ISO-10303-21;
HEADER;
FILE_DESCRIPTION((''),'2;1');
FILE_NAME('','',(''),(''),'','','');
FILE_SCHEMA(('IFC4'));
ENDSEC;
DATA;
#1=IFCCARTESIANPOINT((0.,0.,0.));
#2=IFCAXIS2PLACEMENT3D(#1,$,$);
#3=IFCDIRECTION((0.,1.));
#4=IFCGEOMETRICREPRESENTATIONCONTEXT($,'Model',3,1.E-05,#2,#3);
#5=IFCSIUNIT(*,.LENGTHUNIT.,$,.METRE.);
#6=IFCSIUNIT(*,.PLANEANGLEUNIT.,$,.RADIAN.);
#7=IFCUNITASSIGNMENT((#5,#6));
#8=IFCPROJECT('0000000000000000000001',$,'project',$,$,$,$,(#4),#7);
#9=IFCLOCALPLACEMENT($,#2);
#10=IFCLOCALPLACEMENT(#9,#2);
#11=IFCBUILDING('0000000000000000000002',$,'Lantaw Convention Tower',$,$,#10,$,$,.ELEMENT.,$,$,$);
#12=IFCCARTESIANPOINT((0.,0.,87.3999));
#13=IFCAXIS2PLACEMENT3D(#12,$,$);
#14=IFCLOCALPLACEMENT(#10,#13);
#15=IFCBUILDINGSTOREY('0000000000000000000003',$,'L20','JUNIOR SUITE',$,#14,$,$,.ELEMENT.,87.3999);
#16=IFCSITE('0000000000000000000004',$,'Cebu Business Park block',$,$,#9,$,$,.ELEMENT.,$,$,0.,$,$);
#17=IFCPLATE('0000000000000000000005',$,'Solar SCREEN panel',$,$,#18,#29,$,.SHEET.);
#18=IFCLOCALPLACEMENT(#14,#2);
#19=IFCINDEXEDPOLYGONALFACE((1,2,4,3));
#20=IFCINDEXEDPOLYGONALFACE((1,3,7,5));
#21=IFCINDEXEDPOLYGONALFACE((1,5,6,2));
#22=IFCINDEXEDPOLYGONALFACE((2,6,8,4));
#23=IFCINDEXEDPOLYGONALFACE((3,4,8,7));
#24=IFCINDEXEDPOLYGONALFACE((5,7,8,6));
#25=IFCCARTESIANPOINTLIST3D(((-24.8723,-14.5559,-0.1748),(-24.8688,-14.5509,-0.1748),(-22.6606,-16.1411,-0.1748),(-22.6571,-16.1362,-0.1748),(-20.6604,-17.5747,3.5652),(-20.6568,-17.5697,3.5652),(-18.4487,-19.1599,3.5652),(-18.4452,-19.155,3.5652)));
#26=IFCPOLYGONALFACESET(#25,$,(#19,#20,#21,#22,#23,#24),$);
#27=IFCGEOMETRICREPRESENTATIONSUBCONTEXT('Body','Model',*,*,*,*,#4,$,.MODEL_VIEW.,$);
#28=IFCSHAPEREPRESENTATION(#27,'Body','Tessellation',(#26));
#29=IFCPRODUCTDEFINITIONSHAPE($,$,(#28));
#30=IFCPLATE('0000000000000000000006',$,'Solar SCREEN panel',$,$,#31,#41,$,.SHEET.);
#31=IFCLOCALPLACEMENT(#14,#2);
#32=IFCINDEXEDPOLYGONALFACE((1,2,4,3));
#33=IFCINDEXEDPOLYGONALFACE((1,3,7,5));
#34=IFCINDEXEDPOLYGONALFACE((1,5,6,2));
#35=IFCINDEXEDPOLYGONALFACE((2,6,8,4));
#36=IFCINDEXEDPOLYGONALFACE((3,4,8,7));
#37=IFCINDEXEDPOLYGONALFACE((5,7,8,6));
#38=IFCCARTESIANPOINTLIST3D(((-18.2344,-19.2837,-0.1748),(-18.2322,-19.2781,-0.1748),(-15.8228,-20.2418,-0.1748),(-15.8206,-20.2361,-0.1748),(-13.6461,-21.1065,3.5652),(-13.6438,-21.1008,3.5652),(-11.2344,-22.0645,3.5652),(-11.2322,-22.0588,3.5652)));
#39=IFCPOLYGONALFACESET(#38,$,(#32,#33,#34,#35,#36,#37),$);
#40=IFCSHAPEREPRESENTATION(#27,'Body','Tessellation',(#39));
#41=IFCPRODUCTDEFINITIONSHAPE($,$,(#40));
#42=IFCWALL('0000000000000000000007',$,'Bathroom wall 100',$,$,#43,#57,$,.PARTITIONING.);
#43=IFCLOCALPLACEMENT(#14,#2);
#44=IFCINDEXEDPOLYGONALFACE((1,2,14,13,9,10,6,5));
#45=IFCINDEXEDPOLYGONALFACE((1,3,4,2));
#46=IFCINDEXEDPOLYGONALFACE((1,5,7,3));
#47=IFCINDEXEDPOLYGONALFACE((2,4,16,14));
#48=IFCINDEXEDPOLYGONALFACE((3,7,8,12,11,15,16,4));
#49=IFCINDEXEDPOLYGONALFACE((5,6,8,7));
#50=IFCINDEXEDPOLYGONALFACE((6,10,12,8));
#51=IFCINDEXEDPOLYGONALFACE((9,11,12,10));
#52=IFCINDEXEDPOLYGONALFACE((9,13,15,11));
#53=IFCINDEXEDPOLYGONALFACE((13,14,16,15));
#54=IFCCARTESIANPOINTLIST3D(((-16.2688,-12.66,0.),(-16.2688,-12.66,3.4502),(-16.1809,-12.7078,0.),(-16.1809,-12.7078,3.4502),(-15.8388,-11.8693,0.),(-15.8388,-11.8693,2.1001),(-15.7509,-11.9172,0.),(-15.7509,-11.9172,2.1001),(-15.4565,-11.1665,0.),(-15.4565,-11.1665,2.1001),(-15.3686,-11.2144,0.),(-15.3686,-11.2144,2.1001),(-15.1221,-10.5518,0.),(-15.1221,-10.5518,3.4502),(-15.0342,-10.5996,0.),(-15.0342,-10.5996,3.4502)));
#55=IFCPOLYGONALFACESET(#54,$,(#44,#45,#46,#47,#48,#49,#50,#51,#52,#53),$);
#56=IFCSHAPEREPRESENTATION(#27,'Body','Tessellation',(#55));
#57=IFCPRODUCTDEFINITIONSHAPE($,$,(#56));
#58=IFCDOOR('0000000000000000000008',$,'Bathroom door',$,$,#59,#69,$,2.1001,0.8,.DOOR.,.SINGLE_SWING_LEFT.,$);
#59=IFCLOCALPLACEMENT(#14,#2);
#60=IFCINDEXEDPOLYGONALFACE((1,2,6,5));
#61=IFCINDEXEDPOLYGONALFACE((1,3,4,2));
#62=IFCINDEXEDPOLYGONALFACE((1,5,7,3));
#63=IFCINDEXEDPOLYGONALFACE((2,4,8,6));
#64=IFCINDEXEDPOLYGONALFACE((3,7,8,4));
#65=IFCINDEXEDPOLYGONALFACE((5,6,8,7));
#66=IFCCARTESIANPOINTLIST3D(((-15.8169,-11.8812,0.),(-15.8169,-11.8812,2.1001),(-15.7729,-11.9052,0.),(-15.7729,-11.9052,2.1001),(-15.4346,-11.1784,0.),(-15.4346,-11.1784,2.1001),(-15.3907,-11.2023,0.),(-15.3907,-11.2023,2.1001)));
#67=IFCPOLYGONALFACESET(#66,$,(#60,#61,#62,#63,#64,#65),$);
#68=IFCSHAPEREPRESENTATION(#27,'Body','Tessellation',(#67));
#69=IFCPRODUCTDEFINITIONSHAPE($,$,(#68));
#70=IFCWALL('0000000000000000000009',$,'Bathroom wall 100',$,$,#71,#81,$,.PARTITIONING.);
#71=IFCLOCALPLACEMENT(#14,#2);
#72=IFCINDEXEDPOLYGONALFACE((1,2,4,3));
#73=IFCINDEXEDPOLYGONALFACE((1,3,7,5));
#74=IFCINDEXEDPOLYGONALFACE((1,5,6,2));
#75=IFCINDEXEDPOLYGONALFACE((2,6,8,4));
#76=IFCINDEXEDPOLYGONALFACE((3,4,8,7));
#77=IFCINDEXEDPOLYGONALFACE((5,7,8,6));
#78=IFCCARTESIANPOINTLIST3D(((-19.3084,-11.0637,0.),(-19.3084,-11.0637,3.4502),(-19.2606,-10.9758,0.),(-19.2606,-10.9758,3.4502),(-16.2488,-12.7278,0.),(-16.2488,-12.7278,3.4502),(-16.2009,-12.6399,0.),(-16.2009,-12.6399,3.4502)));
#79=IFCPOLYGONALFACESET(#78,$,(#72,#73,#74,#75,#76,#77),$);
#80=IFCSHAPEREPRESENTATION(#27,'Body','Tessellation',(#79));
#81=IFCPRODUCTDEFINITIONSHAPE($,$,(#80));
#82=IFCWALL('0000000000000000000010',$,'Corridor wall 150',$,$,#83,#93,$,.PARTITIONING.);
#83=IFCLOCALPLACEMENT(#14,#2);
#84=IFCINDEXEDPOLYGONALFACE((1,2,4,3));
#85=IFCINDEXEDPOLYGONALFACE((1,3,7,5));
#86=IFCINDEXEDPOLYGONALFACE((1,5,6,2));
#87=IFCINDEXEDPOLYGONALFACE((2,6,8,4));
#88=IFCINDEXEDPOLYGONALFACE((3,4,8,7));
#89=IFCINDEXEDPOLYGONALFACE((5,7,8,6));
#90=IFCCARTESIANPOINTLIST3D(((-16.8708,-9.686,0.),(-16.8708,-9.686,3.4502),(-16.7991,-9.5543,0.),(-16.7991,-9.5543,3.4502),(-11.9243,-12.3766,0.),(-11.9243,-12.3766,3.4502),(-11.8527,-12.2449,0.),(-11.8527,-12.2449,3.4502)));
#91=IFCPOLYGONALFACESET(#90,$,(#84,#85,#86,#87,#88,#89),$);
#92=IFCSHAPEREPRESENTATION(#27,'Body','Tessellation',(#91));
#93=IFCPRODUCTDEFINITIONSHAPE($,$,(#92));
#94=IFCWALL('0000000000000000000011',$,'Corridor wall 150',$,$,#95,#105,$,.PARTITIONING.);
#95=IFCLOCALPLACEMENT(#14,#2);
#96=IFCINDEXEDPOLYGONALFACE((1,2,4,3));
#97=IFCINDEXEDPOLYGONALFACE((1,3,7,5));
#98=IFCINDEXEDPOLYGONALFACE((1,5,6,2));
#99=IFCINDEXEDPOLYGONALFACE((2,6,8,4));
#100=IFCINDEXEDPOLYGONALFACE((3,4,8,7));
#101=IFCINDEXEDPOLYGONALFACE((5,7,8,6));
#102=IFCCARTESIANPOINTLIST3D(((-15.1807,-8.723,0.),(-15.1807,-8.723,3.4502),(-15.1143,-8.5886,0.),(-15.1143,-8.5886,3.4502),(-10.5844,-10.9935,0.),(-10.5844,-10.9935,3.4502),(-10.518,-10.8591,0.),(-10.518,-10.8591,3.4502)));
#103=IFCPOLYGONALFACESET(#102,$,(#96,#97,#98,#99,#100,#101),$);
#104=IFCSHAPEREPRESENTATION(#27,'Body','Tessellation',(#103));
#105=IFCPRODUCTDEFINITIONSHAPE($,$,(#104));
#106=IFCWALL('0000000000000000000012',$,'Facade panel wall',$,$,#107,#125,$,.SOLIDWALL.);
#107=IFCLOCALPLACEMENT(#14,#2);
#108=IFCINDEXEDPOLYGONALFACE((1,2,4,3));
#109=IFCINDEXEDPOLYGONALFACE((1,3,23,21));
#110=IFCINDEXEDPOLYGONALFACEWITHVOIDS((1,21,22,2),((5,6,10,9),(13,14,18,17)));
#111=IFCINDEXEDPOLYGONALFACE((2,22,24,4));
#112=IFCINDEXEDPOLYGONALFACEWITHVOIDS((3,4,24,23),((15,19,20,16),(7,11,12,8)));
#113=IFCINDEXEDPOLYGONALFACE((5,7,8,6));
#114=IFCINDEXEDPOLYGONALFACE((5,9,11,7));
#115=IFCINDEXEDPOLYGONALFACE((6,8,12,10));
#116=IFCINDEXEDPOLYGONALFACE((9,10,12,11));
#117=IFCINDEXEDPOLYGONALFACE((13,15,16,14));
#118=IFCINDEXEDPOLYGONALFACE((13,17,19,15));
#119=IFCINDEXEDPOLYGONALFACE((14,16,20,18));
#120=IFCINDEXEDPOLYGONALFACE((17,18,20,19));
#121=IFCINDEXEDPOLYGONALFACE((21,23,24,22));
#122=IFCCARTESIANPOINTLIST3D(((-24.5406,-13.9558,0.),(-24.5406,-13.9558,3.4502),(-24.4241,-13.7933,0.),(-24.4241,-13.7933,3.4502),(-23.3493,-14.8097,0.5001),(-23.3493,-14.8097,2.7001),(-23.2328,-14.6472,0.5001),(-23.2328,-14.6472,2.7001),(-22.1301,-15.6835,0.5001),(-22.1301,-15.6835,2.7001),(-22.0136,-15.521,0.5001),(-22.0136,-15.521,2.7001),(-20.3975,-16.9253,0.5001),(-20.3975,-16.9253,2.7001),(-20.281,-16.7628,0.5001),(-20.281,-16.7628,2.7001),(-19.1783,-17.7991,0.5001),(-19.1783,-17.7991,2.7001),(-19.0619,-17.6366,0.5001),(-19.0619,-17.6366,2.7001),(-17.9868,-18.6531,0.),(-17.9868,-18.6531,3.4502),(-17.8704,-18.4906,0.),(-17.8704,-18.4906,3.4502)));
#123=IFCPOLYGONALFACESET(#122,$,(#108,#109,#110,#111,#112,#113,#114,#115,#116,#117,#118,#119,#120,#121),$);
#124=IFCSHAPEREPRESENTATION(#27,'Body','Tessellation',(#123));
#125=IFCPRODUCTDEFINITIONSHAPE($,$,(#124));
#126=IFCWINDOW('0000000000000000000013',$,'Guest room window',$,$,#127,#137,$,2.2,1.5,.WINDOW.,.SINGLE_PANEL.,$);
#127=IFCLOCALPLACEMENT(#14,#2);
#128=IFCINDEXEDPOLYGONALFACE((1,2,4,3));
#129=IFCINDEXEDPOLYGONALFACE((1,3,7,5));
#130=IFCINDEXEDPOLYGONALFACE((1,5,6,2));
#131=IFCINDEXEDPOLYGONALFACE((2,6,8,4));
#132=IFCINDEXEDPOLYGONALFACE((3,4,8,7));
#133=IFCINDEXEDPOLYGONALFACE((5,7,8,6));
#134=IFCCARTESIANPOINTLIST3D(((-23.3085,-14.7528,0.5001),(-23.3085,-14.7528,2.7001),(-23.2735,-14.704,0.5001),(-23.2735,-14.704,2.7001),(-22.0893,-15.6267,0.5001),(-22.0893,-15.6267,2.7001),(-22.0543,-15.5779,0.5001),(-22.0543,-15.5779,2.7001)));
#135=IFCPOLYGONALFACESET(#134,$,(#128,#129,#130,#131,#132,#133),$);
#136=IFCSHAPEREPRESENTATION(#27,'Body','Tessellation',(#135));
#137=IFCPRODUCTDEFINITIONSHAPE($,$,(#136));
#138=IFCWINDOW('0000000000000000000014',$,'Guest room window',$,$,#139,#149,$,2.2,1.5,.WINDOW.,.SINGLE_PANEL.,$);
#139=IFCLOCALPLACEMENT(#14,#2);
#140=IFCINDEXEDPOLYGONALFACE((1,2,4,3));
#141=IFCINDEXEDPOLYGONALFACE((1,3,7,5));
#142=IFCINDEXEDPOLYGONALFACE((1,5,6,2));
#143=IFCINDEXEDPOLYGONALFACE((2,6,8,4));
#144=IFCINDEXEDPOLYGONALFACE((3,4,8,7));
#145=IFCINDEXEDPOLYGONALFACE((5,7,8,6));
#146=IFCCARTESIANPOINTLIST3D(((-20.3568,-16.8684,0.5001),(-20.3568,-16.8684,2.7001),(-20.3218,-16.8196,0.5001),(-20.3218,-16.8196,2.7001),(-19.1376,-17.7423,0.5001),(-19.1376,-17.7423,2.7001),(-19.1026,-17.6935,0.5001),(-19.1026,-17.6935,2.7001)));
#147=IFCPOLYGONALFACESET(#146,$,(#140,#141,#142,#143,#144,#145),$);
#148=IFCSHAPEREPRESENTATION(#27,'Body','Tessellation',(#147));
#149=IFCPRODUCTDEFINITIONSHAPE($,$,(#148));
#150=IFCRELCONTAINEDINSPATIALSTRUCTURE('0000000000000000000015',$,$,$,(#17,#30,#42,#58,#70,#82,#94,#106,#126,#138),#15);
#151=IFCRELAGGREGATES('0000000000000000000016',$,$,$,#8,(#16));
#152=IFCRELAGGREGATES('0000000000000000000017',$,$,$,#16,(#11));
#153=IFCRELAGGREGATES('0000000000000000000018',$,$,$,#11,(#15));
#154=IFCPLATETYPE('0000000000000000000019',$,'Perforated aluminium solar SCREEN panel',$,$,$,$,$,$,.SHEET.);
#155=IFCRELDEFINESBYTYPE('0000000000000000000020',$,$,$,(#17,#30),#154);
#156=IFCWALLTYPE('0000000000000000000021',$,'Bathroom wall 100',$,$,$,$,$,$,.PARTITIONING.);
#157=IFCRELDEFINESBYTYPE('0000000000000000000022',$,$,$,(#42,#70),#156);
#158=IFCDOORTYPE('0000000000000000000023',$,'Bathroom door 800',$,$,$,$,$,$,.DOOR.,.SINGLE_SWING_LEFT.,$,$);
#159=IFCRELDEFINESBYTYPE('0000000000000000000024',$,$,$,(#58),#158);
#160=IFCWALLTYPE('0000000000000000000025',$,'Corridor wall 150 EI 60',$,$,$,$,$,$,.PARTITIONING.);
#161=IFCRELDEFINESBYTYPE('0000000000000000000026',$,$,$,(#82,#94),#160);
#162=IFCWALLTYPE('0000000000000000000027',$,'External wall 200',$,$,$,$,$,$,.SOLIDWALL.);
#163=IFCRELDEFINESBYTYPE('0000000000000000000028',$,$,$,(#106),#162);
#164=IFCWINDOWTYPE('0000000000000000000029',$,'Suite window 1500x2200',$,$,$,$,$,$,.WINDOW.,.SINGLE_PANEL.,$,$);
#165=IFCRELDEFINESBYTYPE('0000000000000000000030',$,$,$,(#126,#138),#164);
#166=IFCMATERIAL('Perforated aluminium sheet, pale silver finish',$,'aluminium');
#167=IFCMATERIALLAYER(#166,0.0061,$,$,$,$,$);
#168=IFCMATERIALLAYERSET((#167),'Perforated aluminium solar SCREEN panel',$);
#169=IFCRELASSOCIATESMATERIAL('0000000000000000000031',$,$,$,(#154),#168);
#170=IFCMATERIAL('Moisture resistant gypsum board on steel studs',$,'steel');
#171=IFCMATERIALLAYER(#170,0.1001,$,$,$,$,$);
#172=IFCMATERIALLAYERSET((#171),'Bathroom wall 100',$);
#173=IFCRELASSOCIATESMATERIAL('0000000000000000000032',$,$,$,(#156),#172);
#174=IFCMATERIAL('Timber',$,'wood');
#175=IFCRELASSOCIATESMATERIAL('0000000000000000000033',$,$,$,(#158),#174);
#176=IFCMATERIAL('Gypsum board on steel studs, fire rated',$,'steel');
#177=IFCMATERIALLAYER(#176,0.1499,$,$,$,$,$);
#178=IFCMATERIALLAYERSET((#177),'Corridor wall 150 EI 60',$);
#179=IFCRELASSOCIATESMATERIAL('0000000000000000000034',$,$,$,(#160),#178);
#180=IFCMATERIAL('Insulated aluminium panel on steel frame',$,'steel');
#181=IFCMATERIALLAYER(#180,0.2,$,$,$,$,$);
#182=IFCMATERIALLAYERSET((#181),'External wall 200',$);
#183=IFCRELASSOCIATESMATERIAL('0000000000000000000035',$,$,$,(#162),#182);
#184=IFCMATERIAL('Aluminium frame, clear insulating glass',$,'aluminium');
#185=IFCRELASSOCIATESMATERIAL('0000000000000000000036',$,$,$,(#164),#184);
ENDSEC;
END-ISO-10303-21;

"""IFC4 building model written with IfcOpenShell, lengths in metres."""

from ifc_helpers import new_model, si_unit, direction, frame, frame_2d, origin, place, context, subcontext, project, spatial, polyline, rectangle, outline, extrude, material, layer, layer_set, type_object, element, fill, save


model = new_model("IFC4")

# Units and contexts
model_context = context("Model", 3, precision=1e-05, world=origin(), true_north=direction((0.0, 1.0)))
body_context = subcontext(model_context, "Body", "Model", "MODEL_VIEW")
ifc_project = project(units=[si_unit("LENGTHUNIT", "METRE"), si_unit("PLANEANGLEUNIT", "RADIAN")], contexts=[model_context])

# Site, building, storey
site_placement = place(None, origin())
site = spatial("IfcSite", under=ifc_project, at=site_placement, Name="Cebu Business Park block", CompositionType="ELEMENT", RefElevation=0.0)
building_placement = place(site_placement, origin())
building = spatial("IfcBuilding", under=site, at=building_placement, Name="Lantaw Convention Tower", CompositionType="ELEMENT")
storey_placement = place(building_placement, frame((0.0, 0.0, 87.3999)))
storey = spatial("IfcBuildingStorey", under=building, at=storey_placement, Name="L20", Description="JUNIOR SUITE", CompositionType="ELEMENT", Elevation=87.3999)

# Plates
ifc_material_1 = material(Name="Perforated aluminium sheet, pale silver finish", Category="aluminium")
ifc_layer_1 = layer(ifc_material_1, 0.0061)
ifc_layer_set_1 = layer_set([ifc_layer_1], Name="Perforated aluminium solar SCREEN panel")
plate_type = type_object("IfcPlateType", Name="Perforated aluminium solar SCREEN panel", PredefinedType="SHEET", material=ifc_layer_set_1)
plate_1_placement = place(storey_placement, frame((-24.8723, -14.5559, -0.1748), z_axis=(-0.582561, -0.812787, 0.000016), x_axis=(0.812787, -0.582561, 0.0)))
element("IfcPlate", 1, at=plate_1_placement, inside=storey, type_object=plate_type, Name="Solar SCREEN panel", PredefinedType="SHEET", context=body_context, shape_type="SweptSolid", body=[
    extrude(outline(polyline([(0.0, 0.0), (2.7211, 0.0), (7.9031, 3.74), (5.182, 3.74), (0.0, 0.0)])), origin(), (0.0, 0.0, -1.0), 0.0061),
])
plate_2_placement = place(storey_placement, frame((-18.2322, -19.2781, -0.1748), z_axis=(0.369184, 0.929357, 0.000009), x_axis=(0.929357, -0.369184, 0.0)))
element("IfcPlate", 2, at=plate_2_placement, inside=storey, type_object=plate_type, Name="Solar SCREEN panel", PredefinedType="SHEET", context=body_context, shape_type="SweptSolid", body=[
    extrude(outline(polyline([(0.0, 0.0), (2.5949, 0.0), (7.5321, -3.74), (4.9372, -3.74), (0.0, 0.0)])), origin(), (0.0, 0.0, -1.0), 0.0061),
])

# Wall, opening, door
ifc_material_2 = material(Name="Moisture resistant gypsum board on steel studs", Category="steel")
ifc_layer_2 = layer(ifc_material_2, 0.1001)
ifc_layer_set_2 = layer_set([ifc_layer_2], Name="Bathroom wall 100")
wall_type_1 = type_object("IfcWallType", Name="Bathroom wall 100", PredefinedType="PARTITIONING", material=ifc_layer_set_2)
wall_1_placement = place(storey_placement, frame((-15.0781, -10.5757, 0.0), z_axis=(0.0, 0.0, 1.0), x_axis=(-0.477833, -0.878451, 0.0)))
wall_1 = element("IfcWall", 3, at=wall_1_placement, inside=storey, type_object=wall_type_1, Name="Bathroom wall 100", PredefinedType="PARTITIONING", context=body_context, shape_type="SweptSolid", body=[
    extrude(rectangle(XDim=2.3999, YDim=0.1001, at=frame_2d((1.2, 0.0))), origin(), (0.0, 0.0, 1.0), 3.4502),
])
opening_1_placement = place(wall_1_placement, frame((0.7, 0.0, 0.0)))
opening_1 = element("IfcOpeningElement", 4, at=opening_1_placement, cuts=wall_1, PredefinedType="OPENING", context=body_context, shape_type="SweptSolid", body=[
    extrude(rectangle(XDim=0.8, YDim=2.1001, at=frame_2d((0.3999, 1.05))), frame((0.0, 0.0601, 0.0), z_axis=(0.0, -1.0, 0.0), x_axis=(1.0, 0.0, 0.0)), (0.0, 0.0, 1.0), 0.1201),
])
ifc_material_3 = material(Name="Timber", Category="wood")
door_type = type_object("IfcDoorType", Name="Bathroom door 800", OperationType="SINGLE_SWING_LEFT", PredefinedType="DOOR", material=ifc_material_3)
door_placement = place(opening_1_placement, origin())
door = element("IfcDoor", 5, at=door_placement, inside=storey, type_object=door_type, Name="Bathroom door", OperationType="SINGLE_SWING_LEFT", OverallHeight=2.1001, OverallWidth=0.8, PredefinedType="DOOR", context=body_context, shape_type="SweptSolid", body=[
    extrude(rectangle(XDim=0.8, YDim=2.1001, at=frame_2d((0.3999, 1.05))), frame((0.0, 0.0249, 0.0), z_axis=(0.0, -1.0, 0.0), x_axis=(1.0, 0.0, 0.0)), (0.0, 0.0, 1.0), 0.05),
])
fill(opening_1, door)

# Walls
wall_2_placement = place(storey_placement, frame((-16.2249, -12.6838, 0.0), z_axis=(0.0, 0.0, 1.0), x_axis=(-0.878474, 0.477791, 0.0)))
element("IfcWall", 6, at=wall_2_placement, inside=storey, type_object=wall_type_1, Name="Bathroom wall 100", PredefinedType="PARTITIONING", context=body_context, shape_type="SweptSolid", body=[
    extrude(rectangle(XDim=3.4829, YDim=0.1001, at=frame_2d((1.7415, 0.0))), origin(), (0.0, 0.0, 1.0), 3.4502),
])
ifc_material_4 = material(Name="Gypsum board on steel studs, fire rated", Category="steel")
ifc_layer_3 = layer(ifc_material_4, 0.1499)
ifc_layer_set_3 = layer_set([ifc_layer_3], Name="Corridor wall 150 EI 60")
wall_type_2 = type_object("IfcWallType", Name="Corridor wall 150 EI 60", PredefinedType="PARTITIONING", material=ifc_layer_set_3)
wall_3_placement = place(storey_placement, frame((-16.835, -9.6201, 0.0), z_axis=(0.0, 0.0, 1.0), x_axis=(0.87845, -0.477834, 0.0)))
element("IfcWall", 7, at=wall_3_placement, inside=storey, type_object=wall_type_2, Name="Corridor wall 150", PredefinedType="PARTITIONING", context=body_context, shape_type="SweptSolid", body=[
    extrude(rectangle(XDim=5.6309, YDim=0.1499, at=frame_2d((2.8154, 0.0))), origin(), (0.0, 0.0, 1.0), 3.4502),
])
wall_4_placement = place(storey_placement, frame((-15.1475, -8.6558, 0.0), z_axis=(0.0, 0.0, 1.0), x_axis=(0.896569, -0.442903, 0.0)))
element("IfcWall", 8, at=wall_4_placement, inside=storey, type_object=wall_type_2, Name="Corridor wall 150", PredefinedType="PARTITIONING", context=body_context, shape_type="SweptSolid", body=[
    extrude(rectangle(XDim=5.1265, YDim=0.1499, at=frame_2d((2.5632, 0.0))), origin(), (0.0, 0.0, 1.0), 3.4502),
])

# Wall, openings, windows
ifc_material_5 = material(Name="Insulated aluminium panel on steel frame", Category="steel")
ifc_layer_4 = layer(ifc_material_5, 0.2)
ifc_layer_set_4 = layer_set([ifc_layer_4], Name="External wall 200")
wall_type_3 = type_object("IfcWallType", Name="External wall 200", PredefinedType="SOLIDWALL", material=ifc_layer_set_4)
wall_5_placement = place(storey_placement, frame((-24.4824, -13.8745, 0.0), z_axis=(0.0, 0.0, 1.0), x_axis=(0.812791, -0.582555, 0.0)))
wall_5 = element("IfcWall", 9, at=wall_5_placement, inside=storey, type_object=wall_type_3, Name="Facade panel wall", PredefinedType="SOLIDWALL", context=body_context, shape_type="SweptSolid", body=[
    extrude(rectangle(XDim=8.0632, YDim=0.2, at=frame_2d((4.0317, 0.0))), origin(), (0.0, 0.0, 1.0), 3.4502),
])
opening_2_placement = place(wall_5_placement, frame((1.4658, 0.0, 0.5)))
opening_2 = element("IfcOpeningElement", 10, at=opening_2_placement, cuts=wall_5, PredefinedType="OPENING", context=body_context, shape_type="SweptSolid", body=[
    extrude(rectangle(XDim=1.5, YDim=2.2, at=frame_2d((0.75, 1.1001))), frame((0.0, 0.1099, 0.0), z_axis=(0.0, -1.0, 0.0), x_axis=(1.0, 0.0, 0.0)), (0.0, 0.0, 1.0), 0.22),
])
opening_3_placement = place(wall_5_placement, frame((5.0974, 0.0, 0.5)))
opening_3 = element("IfcOpeningElement", 11, at=opening_3_placement, cuts=wall_5, PredefinedType="OPENING", context=body_context, shape_type="SweptSolid", body=[
    extrude(rectangle(XDim=1.5, YDim=2.2, at=frame_2d((0.75, 1.1001))), frame((0.0, 0.1099, 0.0), z_axis=(0.0, -1.0, 0.0), x_axis=(1.0, 0.0, 0.0)), (0.0, 0.0, 1.0), 0.22),
])
ifc_material_6 = material(Name="Aluminium frame, clear insulating glass", Category="aluminium")
window_type = type_object("IfcWindowType", Name="Suite window 1500x2200", PartitioningType="SINGLE_PANEL", PredefinedType="WINDOW", material=ifc_material_6)
window_1_placement = place(opening_2_placement, origin())
window_1 = element("IfcWindow", 12, at=window_1_placement, inside=storey, type_object=window_type, Name="Guest room window", OverallHeight=2.2, OverallWidth=1.5, PartitioningType="SINGLE_PANEL", PredefinedType="WINDOW", context=body_context, shape_type="SweptSolid", body=[
    extrude(rectangle(XDim=1.5, YDim=2.2, at=frame_2d((0.75, 1.1001))), frame((0.0, 0.03, 0.0), z_axis=(0.0, -1.0, 0.0), x_axis=(1.0, 0.0, 0.0)), (0.0, 0.0, 1.0), 0.0601),
])
fill(opening_2, window_1)
window_2_placement = place(opening_3_placement, origin())
window_2 = element("IfcWindow", 13, at=window_2_placement, inside=storey, type_object=window_type, Name="Guest room window", OverallHeight=2.2, OverallWidth=1.5, PartitioningType="SINGLE_PANEL", PredefinedType="WINDOW", context=body_context, shape_type="SweptSolid", body=[
    extrude(rectangle(XDim=1.5, YDim=2.2, at=frame_2d((0.75, 1.1001))), frame((0.0, 0.03, 0.0), z_axis=(0.0, -1.0, 0.0), x_axis=(1.0, 0.0, 0.0)), (0.0, 0.0, 1.0), 0.0601),
])
fill(opening_3, window_2)

save(model, "model.ifc")
